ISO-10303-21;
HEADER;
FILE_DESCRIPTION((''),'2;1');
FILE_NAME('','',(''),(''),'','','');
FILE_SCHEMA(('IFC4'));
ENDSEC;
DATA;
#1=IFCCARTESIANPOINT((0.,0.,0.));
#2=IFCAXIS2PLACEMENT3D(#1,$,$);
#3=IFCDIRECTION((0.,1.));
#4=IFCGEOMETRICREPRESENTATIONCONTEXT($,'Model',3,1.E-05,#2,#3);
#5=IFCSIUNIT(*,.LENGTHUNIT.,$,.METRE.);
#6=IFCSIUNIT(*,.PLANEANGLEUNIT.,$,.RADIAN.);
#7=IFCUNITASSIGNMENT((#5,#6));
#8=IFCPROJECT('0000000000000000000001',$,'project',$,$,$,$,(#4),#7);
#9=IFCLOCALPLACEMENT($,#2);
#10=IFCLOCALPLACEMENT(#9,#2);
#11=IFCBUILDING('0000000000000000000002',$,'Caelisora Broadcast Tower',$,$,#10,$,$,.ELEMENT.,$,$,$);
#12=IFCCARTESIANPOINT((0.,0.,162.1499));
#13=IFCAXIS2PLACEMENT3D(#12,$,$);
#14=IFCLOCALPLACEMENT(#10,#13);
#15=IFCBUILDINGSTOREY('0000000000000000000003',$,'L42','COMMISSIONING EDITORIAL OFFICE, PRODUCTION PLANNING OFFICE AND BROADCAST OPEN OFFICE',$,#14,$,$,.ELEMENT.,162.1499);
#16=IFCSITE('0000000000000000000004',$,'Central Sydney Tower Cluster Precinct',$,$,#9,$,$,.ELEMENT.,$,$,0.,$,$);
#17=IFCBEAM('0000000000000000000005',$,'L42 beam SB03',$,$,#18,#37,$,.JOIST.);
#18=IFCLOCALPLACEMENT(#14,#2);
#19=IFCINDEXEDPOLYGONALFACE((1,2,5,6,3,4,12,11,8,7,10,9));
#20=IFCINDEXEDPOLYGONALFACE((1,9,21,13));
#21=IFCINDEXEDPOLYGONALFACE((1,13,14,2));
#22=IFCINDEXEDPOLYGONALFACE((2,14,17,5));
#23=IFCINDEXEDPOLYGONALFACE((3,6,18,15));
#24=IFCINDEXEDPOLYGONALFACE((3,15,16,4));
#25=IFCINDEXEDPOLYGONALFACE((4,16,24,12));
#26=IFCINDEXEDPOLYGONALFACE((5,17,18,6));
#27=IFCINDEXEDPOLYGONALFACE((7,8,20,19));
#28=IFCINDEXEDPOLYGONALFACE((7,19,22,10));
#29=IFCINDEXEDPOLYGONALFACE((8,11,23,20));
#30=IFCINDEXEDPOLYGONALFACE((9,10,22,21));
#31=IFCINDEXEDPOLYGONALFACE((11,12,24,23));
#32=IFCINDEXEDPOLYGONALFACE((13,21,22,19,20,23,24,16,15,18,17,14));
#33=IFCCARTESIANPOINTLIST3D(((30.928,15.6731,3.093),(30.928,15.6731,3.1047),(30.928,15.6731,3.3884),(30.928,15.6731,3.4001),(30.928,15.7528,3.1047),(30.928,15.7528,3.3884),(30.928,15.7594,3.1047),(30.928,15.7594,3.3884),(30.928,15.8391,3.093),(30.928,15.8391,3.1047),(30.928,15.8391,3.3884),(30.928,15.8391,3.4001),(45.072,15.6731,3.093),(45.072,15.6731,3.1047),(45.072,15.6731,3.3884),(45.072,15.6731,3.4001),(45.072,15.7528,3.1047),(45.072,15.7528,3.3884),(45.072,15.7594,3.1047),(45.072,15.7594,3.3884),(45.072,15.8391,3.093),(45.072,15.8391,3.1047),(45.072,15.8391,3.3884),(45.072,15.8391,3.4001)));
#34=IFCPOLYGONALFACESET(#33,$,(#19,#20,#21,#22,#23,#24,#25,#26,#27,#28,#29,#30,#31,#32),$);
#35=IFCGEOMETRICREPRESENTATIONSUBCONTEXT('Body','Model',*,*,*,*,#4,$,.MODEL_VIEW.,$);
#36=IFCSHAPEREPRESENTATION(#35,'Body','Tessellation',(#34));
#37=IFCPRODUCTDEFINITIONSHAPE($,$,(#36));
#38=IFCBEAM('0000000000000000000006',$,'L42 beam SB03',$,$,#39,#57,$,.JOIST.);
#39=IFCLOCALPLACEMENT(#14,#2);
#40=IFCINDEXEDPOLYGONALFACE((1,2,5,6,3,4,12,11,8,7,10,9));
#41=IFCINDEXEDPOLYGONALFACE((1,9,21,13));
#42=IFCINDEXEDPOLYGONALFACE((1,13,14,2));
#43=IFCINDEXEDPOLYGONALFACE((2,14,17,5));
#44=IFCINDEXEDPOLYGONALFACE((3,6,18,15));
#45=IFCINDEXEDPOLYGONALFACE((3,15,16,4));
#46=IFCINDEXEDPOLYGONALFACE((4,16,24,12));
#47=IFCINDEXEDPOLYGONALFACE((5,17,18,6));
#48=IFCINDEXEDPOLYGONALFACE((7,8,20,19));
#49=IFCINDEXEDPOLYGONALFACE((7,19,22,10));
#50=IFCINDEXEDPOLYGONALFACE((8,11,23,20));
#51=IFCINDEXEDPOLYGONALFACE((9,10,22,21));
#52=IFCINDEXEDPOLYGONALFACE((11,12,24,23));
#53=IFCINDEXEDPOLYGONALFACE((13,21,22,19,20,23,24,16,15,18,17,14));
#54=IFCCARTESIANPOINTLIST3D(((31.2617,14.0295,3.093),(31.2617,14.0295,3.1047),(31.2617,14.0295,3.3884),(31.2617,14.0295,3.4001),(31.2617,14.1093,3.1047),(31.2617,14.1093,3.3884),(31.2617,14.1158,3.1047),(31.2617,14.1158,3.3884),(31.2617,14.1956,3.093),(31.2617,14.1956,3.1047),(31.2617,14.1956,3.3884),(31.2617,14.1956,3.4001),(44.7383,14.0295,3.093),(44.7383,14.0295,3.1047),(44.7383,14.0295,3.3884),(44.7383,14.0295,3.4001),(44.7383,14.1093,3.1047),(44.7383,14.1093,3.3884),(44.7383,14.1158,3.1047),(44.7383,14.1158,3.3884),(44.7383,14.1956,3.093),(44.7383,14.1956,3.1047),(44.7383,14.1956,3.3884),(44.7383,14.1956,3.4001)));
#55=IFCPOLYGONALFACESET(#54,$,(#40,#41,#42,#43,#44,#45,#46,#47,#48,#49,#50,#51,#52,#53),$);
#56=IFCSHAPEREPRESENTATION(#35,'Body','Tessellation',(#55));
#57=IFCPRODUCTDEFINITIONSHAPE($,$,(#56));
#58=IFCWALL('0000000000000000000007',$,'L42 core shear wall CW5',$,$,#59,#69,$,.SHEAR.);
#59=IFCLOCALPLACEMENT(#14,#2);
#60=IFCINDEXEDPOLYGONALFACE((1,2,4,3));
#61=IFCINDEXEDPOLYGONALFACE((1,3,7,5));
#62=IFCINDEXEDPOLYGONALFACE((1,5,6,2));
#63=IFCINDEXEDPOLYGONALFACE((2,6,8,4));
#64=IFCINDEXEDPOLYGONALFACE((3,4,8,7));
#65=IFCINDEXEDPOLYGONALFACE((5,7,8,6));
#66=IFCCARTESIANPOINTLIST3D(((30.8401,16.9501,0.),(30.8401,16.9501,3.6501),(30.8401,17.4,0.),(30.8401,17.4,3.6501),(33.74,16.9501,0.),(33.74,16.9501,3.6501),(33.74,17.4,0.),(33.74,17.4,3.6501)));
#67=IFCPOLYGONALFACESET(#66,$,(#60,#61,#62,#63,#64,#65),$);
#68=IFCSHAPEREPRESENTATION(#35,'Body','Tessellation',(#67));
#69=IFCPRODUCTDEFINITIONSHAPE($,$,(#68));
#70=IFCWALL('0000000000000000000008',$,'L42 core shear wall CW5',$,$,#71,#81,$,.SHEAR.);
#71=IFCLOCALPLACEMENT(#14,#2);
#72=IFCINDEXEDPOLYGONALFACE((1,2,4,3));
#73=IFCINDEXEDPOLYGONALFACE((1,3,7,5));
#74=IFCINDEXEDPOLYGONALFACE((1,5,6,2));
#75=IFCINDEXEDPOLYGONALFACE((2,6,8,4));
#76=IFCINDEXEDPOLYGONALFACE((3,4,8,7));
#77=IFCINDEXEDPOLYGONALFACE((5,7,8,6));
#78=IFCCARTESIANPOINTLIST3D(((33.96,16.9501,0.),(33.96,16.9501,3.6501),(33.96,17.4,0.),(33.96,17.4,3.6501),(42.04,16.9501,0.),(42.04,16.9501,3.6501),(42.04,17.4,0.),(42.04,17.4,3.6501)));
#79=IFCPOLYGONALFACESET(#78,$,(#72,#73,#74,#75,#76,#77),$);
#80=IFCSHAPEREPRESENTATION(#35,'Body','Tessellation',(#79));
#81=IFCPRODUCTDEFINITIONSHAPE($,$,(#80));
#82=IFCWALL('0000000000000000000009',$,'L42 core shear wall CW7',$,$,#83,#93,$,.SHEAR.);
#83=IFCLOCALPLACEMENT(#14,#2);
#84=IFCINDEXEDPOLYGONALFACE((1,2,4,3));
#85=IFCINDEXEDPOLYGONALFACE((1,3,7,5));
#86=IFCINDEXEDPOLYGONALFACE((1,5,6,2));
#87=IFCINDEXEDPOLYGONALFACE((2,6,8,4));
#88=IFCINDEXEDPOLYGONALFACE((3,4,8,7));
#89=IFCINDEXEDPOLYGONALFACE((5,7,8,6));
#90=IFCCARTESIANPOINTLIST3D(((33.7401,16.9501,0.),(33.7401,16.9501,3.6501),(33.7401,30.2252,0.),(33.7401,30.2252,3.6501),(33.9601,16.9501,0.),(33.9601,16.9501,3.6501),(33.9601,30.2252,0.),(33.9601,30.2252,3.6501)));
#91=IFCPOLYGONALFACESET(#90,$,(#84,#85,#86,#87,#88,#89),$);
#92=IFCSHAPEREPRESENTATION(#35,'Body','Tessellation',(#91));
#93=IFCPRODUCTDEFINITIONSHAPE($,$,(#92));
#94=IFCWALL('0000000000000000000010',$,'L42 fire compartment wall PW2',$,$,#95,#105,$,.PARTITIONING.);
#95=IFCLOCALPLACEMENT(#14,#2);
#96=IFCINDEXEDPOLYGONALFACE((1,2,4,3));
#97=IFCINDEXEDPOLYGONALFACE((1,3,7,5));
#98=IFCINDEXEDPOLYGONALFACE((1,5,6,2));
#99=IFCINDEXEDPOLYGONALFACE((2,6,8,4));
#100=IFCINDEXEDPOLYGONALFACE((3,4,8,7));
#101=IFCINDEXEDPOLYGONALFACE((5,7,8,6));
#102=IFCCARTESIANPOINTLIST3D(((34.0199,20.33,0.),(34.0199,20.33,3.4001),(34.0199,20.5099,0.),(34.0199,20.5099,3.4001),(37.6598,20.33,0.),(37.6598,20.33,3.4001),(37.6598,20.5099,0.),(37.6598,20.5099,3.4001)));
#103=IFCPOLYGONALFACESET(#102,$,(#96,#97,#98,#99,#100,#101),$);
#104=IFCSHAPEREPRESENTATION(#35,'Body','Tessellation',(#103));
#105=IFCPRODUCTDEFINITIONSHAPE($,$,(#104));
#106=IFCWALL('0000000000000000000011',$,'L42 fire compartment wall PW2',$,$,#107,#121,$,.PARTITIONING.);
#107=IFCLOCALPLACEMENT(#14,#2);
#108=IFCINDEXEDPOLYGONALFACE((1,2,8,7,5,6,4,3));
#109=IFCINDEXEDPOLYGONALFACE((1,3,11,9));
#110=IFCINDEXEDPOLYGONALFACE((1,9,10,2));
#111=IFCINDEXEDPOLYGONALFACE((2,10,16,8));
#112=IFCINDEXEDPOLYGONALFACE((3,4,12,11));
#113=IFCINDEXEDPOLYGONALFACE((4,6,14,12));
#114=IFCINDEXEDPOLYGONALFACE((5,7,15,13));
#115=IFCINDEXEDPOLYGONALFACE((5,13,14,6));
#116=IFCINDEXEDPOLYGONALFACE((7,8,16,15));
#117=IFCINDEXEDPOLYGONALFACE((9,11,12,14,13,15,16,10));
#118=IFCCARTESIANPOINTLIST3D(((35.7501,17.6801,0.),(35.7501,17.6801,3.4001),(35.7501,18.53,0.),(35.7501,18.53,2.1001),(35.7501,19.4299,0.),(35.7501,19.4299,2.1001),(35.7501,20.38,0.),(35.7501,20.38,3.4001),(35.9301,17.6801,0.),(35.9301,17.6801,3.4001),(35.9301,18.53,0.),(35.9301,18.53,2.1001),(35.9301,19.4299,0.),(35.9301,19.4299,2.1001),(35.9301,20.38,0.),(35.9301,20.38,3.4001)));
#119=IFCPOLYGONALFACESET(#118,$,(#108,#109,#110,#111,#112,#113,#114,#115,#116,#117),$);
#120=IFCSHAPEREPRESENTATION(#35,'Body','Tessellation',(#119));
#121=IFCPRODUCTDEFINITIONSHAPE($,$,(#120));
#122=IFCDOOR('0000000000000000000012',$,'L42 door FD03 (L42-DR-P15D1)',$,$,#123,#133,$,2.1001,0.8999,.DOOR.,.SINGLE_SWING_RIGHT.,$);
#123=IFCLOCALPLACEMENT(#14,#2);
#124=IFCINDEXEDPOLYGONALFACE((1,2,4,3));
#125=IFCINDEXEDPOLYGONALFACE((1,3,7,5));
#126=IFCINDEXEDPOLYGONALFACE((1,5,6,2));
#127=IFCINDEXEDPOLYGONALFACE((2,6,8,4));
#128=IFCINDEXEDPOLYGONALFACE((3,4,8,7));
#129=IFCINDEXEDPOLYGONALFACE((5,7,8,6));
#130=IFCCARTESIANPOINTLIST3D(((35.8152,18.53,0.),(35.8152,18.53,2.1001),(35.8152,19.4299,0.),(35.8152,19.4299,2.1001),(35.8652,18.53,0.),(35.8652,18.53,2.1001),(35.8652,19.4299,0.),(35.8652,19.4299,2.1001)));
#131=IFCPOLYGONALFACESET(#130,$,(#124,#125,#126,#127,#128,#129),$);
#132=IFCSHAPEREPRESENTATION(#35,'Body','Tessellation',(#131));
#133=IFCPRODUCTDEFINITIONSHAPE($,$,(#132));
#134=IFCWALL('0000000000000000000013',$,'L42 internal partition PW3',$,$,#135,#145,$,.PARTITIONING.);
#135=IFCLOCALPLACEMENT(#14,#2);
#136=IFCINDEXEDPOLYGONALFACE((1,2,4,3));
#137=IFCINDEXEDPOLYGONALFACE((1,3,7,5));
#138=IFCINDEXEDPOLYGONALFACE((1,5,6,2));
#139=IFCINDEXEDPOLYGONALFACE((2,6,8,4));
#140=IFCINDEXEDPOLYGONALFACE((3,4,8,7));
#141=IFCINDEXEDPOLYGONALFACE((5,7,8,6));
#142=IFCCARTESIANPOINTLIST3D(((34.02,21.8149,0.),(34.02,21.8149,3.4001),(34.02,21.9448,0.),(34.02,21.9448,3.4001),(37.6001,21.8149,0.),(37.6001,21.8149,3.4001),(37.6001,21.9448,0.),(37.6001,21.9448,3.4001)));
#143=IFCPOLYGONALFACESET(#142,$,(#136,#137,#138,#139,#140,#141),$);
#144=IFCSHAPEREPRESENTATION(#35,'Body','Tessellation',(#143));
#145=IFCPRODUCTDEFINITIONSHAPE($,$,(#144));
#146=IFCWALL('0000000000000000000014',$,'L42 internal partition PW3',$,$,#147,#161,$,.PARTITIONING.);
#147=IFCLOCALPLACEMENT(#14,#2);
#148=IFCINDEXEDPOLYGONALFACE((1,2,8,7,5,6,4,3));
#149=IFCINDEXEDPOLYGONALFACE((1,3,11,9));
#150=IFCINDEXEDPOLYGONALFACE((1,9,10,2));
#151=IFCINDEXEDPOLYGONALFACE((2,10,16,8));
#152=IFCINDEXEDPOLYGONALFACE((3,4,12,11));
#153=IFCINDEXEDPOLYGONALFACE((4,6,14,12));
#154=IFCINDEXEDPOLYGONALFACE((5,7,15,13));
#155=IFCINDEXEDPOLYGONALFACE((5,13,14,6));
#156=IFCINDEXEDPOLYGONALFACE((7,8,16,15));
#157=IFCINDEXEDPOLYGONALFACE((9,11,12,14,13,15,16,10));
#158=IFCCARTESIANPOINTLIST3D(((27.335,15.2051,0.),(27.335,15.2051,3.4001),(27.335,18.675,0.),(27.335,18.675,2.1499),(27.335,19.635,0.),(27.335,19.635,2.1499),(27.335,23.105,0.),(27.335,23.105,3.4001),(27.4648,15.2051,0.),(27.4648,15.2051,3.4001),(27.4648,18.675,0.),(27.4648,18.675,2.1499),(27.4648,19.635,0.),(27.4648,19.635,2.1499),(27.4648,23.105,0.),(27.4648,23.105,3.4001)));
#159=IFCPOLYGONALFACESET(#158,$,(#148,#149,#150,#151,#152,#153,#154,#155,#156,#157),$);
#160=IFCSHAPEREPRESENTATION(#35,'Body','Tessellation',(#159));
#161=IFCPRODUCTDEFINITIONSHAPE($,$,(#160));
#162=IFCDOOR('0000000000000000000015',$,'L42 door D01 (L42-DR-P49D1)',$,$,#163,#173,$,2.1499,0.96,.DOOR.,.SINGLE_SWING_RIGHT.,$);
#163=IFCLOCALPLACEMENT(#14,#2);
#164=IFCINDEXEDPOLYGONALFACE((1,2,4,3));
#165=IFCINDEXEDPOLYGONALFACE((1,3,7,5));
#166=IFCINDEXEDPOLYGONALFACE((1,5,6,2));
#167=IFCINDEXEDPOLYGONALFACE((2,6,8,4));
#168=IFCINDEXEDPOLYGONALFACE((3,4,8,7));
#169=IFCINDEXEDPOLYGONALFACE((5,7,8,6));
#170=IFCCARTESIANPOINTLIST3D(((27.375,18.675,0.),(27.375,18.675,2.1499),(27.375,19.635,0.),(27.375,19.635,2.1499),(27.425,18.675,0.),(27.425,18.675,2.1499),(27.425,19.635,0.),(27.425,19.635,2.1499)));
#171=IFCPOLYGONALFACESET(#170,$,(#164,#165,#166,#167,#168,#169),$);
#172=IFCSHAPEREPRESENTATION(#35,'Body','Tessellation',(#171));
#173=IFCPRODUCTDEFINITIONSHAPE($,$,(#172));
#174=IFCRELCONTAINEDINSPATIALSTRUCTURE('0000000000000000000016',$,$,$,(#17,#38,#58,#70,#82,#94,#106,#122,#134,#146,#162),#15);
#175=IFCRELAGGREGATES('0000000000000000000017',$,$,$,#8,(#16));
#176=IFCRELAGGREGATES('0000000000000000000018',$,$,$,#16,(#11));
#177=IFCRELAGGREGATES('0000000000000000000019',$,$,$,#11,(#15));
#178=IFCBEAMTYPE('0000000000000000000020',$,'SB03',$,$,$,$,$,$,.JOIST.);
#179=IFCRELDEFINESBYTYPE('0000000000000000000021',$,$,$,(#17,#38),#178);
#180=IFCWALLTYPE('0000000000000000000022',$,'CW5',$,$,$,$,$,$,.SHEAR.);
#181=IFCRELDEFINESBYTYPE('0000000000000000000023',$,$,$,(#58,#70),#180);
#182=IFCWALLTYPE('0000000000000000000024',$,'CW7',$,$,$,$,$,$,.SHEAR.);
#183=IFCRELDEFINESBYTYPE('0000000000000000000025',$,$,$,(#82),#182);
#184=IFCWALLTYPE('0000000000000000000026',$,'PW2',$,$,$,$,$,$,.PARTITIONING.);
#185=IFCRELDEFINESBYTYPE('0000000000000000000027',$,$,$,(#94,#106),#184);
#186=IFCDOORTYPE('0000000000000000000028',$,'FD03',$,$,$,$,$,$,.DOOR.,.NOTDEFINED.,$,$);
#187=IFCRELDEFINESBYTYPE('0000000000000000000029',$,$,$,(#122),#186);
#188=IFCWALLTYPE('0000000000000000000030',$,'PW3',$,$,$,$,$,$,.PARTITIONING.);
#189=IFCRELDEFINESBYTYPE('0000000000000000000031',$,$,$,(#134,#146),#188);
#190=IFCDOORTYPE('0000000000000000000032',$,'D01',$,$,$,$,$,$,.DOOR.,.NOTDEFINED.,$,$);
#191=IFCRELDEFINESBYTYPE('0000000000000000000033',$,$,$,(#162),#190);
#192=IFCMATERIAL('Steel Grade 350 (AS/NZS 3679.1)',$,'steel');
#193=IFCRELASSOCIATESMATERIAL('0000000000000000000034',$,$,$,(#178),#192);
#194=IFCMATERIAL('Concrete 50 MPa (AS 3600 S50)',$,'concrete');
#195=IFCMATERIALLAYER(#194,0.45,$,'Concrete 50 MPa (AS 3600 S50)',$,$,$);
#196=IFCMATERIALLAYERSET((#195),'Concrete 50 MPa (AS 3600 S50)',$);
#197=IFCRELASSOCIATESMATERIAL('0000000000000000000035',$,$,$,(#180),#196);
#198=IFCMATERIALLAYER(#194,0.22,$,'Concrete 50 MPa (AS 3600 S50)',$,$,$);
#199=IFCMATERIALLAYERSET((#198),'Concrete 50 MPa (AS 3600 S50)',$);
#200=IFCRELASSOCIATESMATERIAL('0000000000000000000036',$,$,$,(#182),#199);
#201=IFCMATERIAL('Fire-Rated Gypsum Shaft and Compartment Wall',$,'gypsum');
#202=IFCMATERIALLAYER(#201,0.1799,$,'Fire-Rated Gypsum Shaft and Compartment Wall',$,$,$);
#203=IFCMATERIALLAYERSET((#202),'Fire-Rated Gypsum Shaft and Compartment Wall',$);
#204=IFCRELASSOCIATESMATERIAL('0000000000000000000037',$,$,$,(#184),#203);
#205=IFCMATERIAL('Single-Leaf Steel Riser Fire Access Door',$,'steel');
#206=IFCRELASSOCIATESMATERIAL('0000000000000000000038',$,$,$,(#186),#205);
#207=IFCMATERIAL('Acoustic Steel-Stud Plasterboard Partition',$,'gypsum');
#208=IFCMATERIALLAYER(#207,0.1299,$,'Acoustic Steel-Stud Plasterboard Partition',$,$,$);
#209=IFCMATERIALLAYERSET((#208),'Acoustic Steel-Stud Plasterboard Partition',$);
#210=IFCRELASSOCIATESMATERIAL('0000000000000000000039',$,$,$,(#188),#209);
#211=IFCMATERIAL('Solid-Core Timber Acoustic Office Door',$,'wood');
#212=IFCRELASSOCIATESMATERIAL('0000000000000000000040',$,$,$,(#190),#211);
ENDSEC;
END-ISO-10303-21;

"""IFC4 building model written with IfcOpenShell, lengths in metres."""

from ifc_helpers import new_model, si_unit, direction, frame, frame_2d, origin, origin_2d, place, context, subcontext, project, spatial, rectangle, i_section, extrude, source, transform, mapped, material, layer, layer_set, material_profile, profile_set, type_object, element, fill, save


model = new_model("IFC4")

# Units and contexts
model_context = context("Model", 3, precision=1e-05, world=origin(), true_north=direction((0.0, 1.0)))
body_context = subcontext(model_context, "Body", "Model", "MODEL_VIEW")
ifc_project = project(units=[si_unit("LENGTHUNIT", "METRE"), si_unit("PLANEANGLEUNIT", "RADIAN")], contexts=[model_context])

# Site, building, storey
site_placement = place(None, origin())
site = spatial("IfcSite", under=ifc_project, at=site_placement, Name="Central Sydney Tower Cluster Precinct", CompositionType="ELEMENT", RefElevation=0.0)
building_placement = place(site_placement, origin())
building = spatial("IfcBuilding", under=site, at=building_placement, Name="Caelisora Broadcast Tower", CompositionType="ELEMENT")
storey_placement = place(building_placement, frame((0.0, 0.0, 162.1499)))
storey = spatial("IfcBuildingStorey", under=building, at=storey_placement, Name="L42", Description="COMMISSIONING EDITORIAL OFFICE, PRODUCTION PLANNING OFFICE AND BROADCAST OPEN OFFICE", CompositionType="ELEMENT", Elevation=162.1499)

# Beams
ifc_material_1 = material(Name="Steel Grade 350 (AS/NZS 3679.1)", Category="steel")
ifc_material_profile_1 = material_profile(ifc_material_1, i_section(OverallWidth=0.166, OverallDepth=0.3071, WebThickness=0.0066, FlangeThickness=0.0117, at=origin_2d()), Name="Steel Grade 350 (AS/NZS 3679.1)")
ifc_profile_set_1 = profile_set([ifc_material_profile_1], Name="Steel Grade 350 (AS/NZS 3679.1)")
beam_type_1 = type_object("IfcBeamType", Name="SB03", PredefinedType="JOIST", material=ifc_profile_set_1)
shared_shape_1 = source(origin(), body_context, "Body", "SweptSolid", [
    extrude(i_section(OverallWidth=0.166, OverallDepth=0.3071, WebThickness=0.0066, FlangeThickness=0.0117, at=origin_2d()), origin(), (0.0, 0.0, 1.0), 14.144),
])
beam_1_placement = place(storey_placement, frame((30.928, 15.7561, 3.2466), z_axis=(1.0, 0.0, 0.0), x_axis=(0.0, 1.0, 0.0)))
element("IfcBeam", 1, at=beam_1_placement, inside=storey, type_object=beam_type_1, Name="L42 beam SB03", PredefinedType="JOIST", context=body_context, shape_type="MappedRepresentation", body=[
    mapped(shared_shape_1, transform((0.0, 0.0, 0.0), scale=1.0)),
])
shared_shape_2 = source(origin(), body_context, "Body", "SweptSolid", [
    extrude(i_section(OverallWidth=0.166, OverallDepth=0.3071, WebThickness=0.0066, FlangeThickness=0.0117, at=origin_2d()), origin(), (0.0, 0.0, 1.0), 13.4766),
])
beam_2_placement = place(storey_placement, frame((31.2617, 14.1125, 3.2466), z_axis=(1.0, 0.0, 0.0), x_axis=(0.0, 1.0, 0.0)))
element("IfcBeam", 2, at=beam_2_placement, inside=storey, type_object=beam_type_1, Name="L42 beam SB03", PredefinedType="JOIST", context=body_context, shape_type="MappedRepresentation", body=[
    mapped(shared_shape_2, transform((0.0, 0.0, 0.0), scale=1.0)),
])

# Shared definitions
ifc_material_2 = material(Name="Concrete 50 MPa (AS 3600 S50)", Category="concrete")

# Walls
ifc_layer_1 = layer(ifc_material_2, 0.45, Name="Concrete 50 MPa (AS 3600 S50)")
ifc_layer_set_1 = layer_set([ifc_layer_1], Name="Concrete 50 MPa (AS 3600 S50)")
wall_type_1 = type_object("IfcWallType", Name="CW5", PredefinedType="SHEAR", material=ifc_layer_set_1)
wall_1_placement = place(storey_placement, frame((30.8401, 17.175, 0.0), z_axis=(0.0, 0.0, 1.0), x_axis=(1.0, 0.0, 0.0)))
element("IfcWall", 3, at=wall_1_placement, inside=storey, type_object=wall_type_1, Name="L42 core shear wall CW5", PredefinedType="SHEAR", context=body_context, shape_type="SweptSolid", body=[
    extrude(rectangle(XDim=2.8999, YDim=0.45, at=frame_2d((1.45, 0.0))), origin(), (0.0, 0.0, 1.0), 3.6501),
])
wall_2_placement = place(storey_placement, frame((33.96, 17.175, 0.0), z_axis=(0.0, 0.0, 1.0), x_axis=(1.0, 0.0, 0.0)))
element("IfcWall", 4, at=wall_2_placement, inside=storey, type_object=wall_type_1, Name="L42 core shear wall CW5", PredefinedType="SHEAR", context=body_context, shape_type="SweptSolid", body=[
    extrude(rectangle(XDim=8.0801, YDim=0.45, at=frame_2d((4.04, 0.0))), origin(), (0.0, 0.0, 1.0), 3.6501),
])
ifc_layer_2 = layer(ifc_material_2, 0.22, Name="Concrete 50 MPa (AS 3600 S50)")
ifc_layer_set_2 = layer_set([ifc_layer_2], Name="Concrete 50 MPa (AS 3600 S50)")
wall_type_2 = type_object("IfcWallType", Name="CW7", PredefinedType="SHEAR", material=ifc_layer_set_2)
wall_3_placement = place(storey_placement, frame((33.8501, 16.95, 0.0), z_axis=(0.0, 0.0, 1.0), x_axis=(0.0, 1.0, 0.0)))
element("IfcWall", 5, at=wall_3_placement, inside=storey, type_object=wall_type_2, Name="L42 core shear wall CW7", PredefinedType="SHEAR", context=body_context, shape_type="SweptSolid", body=[
    extrude(rectangle(XDim=13.2751, YDim=0.22, at=frame_2d((6.6377, 0.0))), origin(), (0.0, 0.0, 1.0), 3.6501),
])
ifc_material_3 = material(Name="Fire-Rated Gypsum Shaft and Compartment Wall", Category="gypsum")
ifc_layer_3 = layer(ifc_material_3, 0.1799, Name="Fire-Rated Gypsum Shaft and Compartment Wall")
ifc_layer_set_3 = layer_set([ifc_layer_3], Name="Fire-Rated Gypsum Shaft and Compartment Wall")
wall_type_3 = type_object("IfcWallType", Name="PW2", PredefinedType="PARTITIONING", material=ifc_layer_set_3)
wall_4_placement = place(storey_placement, frame((34.02, 20.4199, 0.0), z_axis=(0.0, 0.0, 1.0), x_axis=(1.0, 0.0, 0.0)))
element("IfcWall", 6, at=wall_4_placement, inside=storey, type_object=wall_type_3, Name="L42 fire compartment wall PW2", PredefinedType="PARTITIONING", context=body_context, shape_type="SweptSolid", body=[
    extrude(rectangle(XDim=3.6399, YDim=0.1799, at=frame_2d((1.8198, 0.0))), origin(), (0.0, 0.0, 1.0), 3.4001),
])

# Wall, opening, door
wall_5_placement = place(storey_placement, frame((35.8401, 17.6799, 0.0), z_axis=(0.0, 0.0, 1.0), x_axis=(0.0, 1.0, 0.0)))
wall_5 = element("IfcWall", 7, at=wall_5_placement, inside=storey, type_object=wall_type_3, Name="L42 fire compartment wall PW2", PredefinedType="PARTITIONING", context=body_context, shape_type="SweptSolid", body=[
    extrude(rectangle(XDim=2.7, YDim=0.1799, at=frame_2d((1.3501, 0.0))), origin(), (0.0, 0.0, 1.0), 3.4001),
])
opening_1_placement = place(wall_5_placement, frame((0.8501, 0.0, 0.0)))
opening_1 = element("IfcOpeningElement", 8, at=opening_1_placement, cuts=wall_5, PredefinedType="OPENING", context=body_context, shape_type="SweptSolid", body=[
    extrude(rectangle(XDim=0.8999, YDim=2.1001, at=frame_2d((0.45, 1.05))), frame((0.0, 0.1021, 0.0), z_axis=(0.0, -1.0, 0.0), x_axis=(1.0, 0.0, 0.0)), (0.0, 0.0, 1.0), 0.2039),
])
ifc_material_4 = material(Name="Single-Leaf Steel Riser Fire Access Door", Category="steel")
door_type_1 = type_object("IfcDoorType", Name="FD03", OperationType="NOTDEFINED", PredefinedType="DOOR", material=ifc_material_4)
door_1_placement = place(opening_1_placement, origin())
door_1 = element("IfcDoor", 9, at=door_1_placement, inside=storey, type_object=door_type_1, Name="L42 door FD03 (L42-DR-P15D1)", OperationType="SINGLE_SWING_RIGHT", OverallHeight=2.1001, OverallWidth=0.8999, PredefinedType="DOOR", context=body_context, shape_type="SweptSolid", body=[
    extrude(rectangle(XDim=0.8999, YDim=2.1001, at=frame_2d((0.45, 1.05))), frame((0.0, 0.0249, 0.0), z_axis=(0.0, -1.0, 0.0), x_axis=(1.0, 0.0, 0.0)), (0.0, 0.0, 1.0), 0.05),
])
fill(opening_1, door_1)

# Wall
ifc_material_5 = material(Name="Acoustic Steel-Stud Plasterboard Partition", Category="gypsum")
ifc_layer_4 = layer(ifc_material_5, 0.1299, Name="Acoustic Steel-Stud Plasterboard Partition")
ifc_layer_set_4 = layer_set([ifc_layer_4], Name="Acoustic Steel-Stud Plasterboard Partition")
wall_type_4 = type_object("IfcWallType", Name="PW3", PredefinedType="PARTITIONING", material=ifc_layer_set_4)
wall_6_placement = place(storey_placement, frame((34.02, 21.8799, 0.0), z_axis=(0.0, 0.0, 1.0), x_axis=(1.0, 0.0, 0.0)))
element("IfcWall", 10, at=wall_6_placement, inside=storey, type_object=wall_type_4, Name="L42 internal partition PW3", PredefinedType="PARTITIONING", context=body_context, shape_type="SweptSolid", body=[
    extrude(rectangle(XDim=3.5801, YDim=0.1299, at=frame_2d((1.79, 0.0))), origin(), (0.0, 0.0, 1.0), 3.4001),
])

# Wall, opening, door
wall_7_placement = place(storey_placement, frame((27.3999, 15.2051, 0.0), z_axis=(0.0, 0.0, 1.0), x_axis=(0.0, 1.0, 0.0)))
wall_7 = element("IfcWall", 11, at=wall_7_placement, inside=storey, type_object=wall_type_4, Name="L42 internal partition PW3", PredefinedType="PARTITIONING", context=body_context, shape_type="SweptSolid", body=[
    extrude(rectangle(XDim=7.8999, YDim=0.1299, at=frame_2d((3.95, 0.0))), origin(), (0.0, 0.0, 1.0), 3.4001),
])
opening_2_placement = place(wall_7_placement, frame((3.47, 0.0, 0.0)))
opening_2 = element("IfcOpeningElement", 12, at=opening_2_placement, cuts=wall_7, PredefinedType="OPENING", context=body_context, shape_type="SweptSolid", body=[
    extrude(rectangle(XDim=0.96, YDim=2.1499, at=frame_2d((0.48, 1.075))), frame((0.0, 0.0769, 0.0), z_axis=(0.0, -1.0, 0.0), x_axis=(1.0, 0.0, 0.0)), (0.0, 0.0, 1.0), 0.1538),
])
ifc_material_6 = material(Name="Solid-Core Timber Acoustic Office Door", Category="wood")
door_type_2 = type_object("IfcDoorType", Name="D01", OperationType="NOTDEFINED", PredefinedType="DOOR", material=ifc_material_6)
door_2_placement = place(opening_2_placement, origin())
door_2 = element("IfcDoor", 13, at=door_2_placement, inside=storey, type_object=door_type_2, Name="L42 door D01 (L42-DR-P49D1)", OperationType="SINGLE_SWING_RIGHT", OverallHeight=2.1499, OverallWidth=0.96, PredefinedType="DOOR", context=body_context, shape_type="SweptSolid", body=[
    extrude(rectangle(XDim=0.96, YDim=2.1499, at=frame_2d((0.48, 1.075))), frame((0.0, 0.0249, 0.0), z_axis=(0.0, -1.0, 0.0), x_axis=(1.0, 0.0, 0.0)), (0.0, 0.0, 1.0), 0.05),
])
fill(opening_2, door_2)

save(model, "model.ifc")
